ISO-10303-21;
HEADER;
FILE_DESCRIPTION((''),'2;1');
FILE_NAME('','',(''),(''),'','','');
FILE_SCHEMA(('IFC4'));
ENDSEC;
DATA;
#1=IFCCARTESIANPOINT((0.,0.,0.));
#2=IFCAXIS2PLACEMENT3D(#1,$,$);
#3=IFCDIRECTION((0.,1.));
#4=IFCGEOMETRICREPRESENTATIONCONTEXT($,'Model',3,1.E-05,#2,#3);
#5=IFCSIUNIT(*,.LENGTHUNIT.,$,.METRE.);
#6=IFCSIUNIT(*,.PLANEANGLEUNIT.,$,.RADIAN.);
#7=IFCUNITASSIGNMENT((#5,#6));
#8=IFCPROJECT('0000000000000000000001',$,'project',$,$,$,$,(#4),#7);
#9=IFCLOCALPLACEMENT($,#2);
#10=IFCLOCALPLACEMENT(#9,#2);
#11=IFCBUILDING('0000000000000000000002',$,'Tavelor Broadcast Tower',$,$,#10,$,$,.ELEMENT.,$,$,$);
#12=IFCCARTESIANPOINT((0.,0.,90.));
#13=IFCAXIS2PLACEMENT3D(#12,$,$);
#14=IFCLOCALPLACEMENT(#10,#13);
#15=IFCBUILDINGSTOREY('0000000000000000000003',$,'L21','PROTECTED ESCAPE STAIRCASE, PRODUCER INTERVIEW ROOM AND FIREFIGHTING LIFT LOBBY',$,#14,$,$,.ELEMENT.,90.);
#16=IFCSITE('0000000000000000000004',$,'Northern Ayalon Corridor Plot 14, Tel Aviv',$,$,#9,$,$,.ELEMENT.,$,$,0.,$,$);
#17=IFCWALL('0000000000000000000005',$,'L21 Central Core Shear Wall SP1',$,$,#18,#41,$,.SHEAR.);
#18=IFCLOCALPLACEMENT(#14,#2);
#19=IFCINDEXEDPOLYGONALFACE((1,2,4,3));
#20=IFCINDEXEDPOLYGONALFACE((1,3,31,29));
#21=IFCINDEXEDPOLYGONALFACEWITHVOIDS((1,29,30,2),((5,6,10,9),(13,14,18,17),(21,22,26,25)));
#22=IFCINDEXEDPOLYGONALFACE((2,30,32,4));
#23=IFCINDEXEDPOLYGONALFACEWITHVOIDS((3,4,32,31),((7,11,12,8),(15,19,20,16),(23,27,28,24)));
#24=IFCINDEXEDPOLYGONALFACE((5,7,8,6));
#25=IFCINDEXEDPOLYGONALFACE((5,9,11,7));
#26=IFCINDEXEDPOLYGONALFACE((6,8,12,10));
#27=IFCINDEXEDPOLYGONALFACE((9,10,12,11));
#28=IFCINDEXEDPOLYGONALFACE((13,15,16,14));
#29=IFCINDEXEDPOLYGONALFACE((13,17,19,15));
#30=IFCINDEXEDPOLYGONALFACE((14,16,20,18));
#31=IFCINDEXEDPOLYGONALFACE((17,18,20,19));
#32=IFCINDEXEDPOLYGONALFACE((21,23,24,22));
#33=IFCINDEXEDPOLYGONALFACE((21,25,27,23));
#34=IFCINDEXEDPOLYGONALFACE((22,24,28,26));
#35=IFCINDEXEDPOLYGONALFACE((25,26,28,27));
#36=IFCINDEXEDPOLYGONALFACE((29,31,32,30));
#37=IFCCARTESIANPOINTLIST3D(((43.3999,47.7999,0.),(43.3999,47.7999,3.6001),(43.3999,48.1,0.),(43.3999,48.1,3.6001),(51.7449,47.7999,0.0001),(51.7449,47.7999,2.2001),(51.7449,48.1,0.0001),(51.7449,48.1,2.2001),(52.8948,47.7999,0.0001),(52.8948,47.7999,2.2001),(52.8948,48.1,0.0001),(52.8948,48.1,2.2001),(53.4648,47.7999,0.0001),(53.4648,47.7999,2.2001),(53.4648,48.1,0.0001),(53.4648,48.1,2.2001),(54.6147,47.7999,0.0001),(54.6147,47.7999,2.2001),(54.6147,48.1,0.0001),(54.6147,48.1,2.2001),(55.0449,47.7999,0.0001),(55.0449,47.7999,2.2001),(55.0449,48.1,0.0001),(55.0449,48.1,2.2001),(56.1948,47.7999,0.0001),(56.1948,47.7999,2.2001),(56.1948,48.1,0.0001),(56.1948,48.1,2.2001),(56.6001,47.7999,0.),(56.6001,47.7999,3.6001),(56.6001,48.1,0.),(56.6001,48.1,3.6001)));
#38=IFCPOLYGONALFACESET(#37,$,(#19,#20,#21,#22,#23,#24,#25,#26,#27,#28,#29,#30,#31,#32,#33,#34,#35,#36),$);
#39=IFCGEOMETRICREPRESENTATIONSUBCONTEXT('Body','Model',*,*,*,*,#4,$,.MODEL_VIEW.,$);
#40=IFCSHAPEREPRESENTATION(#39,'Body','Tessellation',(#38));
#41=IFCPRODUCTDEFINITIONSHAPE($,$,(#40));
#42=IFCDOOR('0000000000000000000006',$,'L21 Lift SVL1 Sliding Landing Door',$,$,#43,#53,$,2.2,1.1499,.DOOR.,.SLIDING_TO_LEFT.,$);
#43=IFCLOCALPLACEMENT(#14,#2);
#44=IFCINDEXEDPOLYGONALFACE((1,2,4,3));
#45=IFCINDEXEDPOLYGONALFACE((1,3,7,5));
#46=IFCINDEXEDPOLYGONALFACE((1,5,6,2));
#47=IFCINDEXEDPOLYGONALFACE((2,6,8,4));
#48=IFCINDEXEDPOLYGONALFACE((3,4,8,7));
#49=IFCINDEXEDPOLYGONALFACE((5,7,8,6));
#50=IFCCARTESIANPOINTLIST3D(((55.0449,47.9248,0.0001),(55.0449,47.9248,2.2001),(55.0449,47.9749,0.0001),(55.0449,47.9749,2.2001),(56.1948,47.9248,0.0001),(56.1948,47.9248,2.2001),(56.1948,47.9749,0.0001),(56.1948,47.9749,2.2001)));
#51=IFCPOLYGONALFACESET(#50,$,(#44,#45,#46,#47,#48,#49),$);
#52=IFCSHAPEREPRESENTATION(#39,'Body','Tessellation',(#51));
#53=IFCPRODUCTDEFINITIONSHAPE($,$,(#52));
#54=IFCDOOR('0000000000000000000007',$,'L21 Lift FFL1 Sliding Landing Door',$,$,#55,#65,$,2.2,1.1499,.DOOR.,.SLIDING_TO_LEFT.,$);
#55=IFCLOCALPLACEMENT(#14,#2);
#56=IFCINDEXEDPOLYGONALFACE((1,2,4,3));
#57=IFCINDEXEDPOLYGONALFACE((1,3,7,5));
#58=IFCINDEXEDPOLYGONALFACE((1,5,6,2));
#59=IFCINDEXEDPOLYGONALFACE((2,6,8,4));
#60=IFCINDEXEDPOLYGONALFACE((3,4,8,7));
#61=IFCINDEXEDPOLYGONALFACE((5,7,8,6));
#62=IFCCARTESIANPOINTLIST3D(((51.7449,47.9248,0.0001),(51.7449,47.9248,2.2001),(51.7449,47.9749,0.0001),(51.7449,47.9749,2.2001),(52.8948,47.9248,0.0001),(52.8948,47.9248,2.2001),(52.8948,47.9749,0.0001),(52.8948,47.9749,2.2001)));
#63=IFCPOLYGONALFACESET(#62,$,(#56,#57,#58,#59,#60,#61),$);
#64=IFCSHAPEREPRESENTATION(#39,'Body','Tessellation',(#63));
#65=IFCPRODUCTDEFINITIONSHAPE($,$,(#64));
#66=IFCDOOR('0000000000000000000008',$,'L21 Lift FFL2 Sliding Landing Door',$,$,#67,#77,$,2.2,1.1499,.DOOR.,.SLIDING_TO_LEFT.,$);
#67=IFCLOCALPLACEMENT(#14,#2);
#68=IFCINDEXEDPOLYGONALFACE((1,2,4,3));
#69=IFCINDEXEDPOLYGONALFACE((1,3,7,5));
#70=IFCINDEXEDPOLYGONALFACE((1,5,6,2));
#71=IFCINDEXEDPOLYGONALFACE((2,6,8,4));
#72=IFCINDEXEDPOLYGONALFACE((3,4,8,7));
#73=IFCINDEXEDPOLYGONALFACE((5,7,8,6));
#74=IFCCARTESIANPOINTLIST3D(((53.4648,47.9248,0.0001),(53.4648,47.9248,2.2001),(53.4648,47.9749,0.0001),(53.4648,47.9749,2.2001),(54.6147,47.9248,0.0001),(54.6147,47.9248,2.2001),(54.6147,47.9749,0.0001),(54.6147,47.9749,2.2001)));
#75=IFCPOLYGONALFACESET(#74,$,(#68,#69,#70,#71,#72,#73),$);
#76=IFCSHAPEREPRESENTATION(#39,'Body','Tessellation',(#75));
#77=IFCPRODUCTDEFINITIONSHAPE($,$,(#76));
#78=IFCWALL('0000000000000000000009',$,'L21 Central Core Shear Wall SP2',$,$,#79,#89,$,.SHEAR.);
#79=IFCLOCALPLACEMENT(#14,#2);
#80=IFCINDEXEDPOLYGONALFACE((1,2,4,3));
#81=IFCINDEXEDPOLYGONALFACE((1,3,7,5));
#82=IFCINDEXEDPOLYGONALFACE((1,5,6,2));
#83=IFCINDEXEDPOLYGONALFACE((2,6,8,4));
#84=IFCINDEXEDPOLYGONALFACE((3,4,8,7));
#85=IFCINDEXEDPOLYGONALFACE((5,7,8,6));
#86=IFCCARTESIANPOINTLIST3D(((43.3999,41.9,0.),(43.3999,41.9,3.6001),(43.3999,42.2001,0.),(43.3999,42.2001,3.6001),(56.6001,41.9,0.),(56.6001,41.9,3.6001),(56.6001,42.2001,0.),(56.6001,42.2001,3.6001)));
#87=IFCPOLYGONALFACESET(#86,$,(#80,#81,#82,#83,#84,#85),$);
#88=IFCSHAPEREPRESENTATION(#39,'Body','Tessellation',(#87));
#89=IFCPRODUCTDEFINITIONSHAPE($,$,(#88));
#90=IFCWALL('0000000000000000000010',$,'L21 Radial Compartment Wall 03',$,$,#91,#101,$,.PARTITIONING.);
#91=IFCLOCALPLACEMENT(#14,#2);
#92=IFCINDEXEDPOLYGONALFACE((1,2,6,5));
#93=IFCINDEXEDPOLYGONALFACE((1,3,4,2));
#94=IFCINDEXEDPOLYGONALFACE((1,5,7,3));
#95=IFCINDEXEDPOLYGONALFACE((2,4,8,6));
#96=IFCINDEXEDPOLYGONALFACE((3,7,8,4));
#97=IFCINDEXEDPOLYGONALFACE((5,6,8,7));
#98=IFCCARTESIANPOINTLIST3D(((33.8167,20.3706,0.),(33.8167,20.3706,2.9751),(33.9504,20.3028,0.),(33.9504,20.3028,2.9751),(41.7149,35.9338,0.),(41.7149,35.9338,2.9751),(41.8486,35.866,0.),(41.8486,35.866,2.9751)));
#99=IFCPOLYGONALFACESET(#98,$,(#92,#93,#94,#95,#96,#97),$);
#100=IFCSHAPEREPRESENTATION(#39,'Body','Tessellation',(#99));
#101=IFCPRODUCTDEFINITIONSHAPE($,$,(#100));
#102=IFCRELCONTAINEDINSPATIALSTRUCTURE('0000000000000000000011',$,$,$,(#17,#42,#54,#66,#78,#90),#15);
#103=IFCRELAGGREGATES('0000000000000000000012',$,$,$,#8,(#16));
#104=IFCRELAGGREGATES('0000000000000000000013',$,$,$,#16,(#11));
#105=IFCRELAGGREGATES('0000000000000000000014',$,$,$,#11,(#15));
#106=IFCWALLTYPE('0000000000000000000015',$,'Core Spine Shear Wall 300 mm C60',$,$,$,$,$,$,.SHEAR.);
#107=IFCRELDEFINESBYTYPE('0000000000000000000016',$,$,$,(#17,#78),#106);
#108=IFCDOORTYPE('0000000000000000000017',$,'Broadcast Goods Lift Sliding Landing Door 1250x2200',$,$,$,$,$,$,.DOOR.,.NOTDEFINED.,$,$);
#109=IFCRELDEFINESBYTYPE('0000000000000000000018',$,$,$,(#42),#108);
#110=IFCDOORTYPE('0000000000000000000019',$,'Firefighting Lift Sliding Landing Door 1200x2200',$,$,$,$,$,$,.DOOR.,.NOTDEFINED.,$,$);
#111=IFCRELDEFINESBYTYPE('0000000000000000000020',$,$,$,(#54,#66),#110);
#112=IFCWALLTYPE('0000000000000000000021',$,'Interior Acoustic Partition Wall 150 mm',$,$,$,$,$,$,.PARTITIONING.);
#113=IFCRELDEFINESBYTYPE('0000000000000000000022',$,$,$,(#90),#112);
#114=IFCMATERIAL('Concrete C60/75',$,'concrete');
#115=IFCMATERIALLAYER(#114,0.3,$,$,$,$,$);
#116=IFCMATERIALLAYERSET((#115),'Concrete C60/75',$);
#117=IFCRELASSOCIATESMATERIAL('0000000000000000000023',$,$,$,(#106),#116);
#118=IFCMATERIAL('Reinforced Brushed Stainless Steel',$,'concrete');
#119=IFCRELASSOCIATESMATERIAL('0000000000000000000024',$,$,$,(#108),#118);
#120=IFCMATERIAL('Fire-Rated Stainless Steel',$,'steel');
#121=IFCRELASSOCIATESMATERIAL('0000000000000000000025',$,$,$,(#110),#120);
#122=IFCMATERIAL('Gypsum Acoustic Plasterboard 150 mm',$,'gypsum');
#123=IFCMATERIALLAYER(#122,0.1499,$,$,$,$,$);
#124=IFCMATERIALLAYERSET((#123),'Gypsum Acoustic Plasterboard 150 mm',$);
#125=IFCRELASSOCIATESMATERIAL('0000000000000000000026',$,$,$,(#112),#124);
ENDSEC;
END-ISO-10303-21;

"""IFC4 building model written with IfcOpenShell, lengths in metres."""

from ifc_helpers import new_model, si_unit, direction, frame, frame_2d, origin, place, context, subcontext, project, spatial, rectangle, extrude, material, layer, layer_set, type_object, element, fill, save


model = new_model("IFC4")

# Units and contexts
model_context = context("Model", 3, precision=1e-05, world=origin(), true_north=direction((0.0, 1.0)))
body_context = subcontext(model_context, "Body", "Model", "MODEL_VIEW")
ifc_project = project(units=[si_unit("LENGTHUNIT", "METRE"), si_unit("PLANEANGLEUNIT", "RADIAN")], contexts=[model_context])

# Site, building, storey
site_placement = place(None, origin())
site = spatial("IfcSite", under=ifc_project, at=site_placement, Name="Northern Ayalon Corridor Plot 14, Tel Aviv", CompositionType="ELEMENT", RefElevation=0.0)
building_placement = place(site_placement, origin())
building = spatial("IfcBuilding", under=site, at=building_placement, Name="Tavelor Broadcast Tower", CompositionType="ELEMENT")
storey_placement = place(building_placement, frame((0.0, 0.0, 90.0)))
storey = spatial("IfcBuildingStorey", under=building, at=storey_placement, Name="L21", Description="PROTECTED ESCAPE STAIRCASE, PRODUCER INTERVIEW ROOM AND FIREFIGHTING LIFT LOBBY", CompositionType="ELEMENT", Elevation=90.0)

# Shared definitions
ifc_material_1 = material(Name="Concrete C60/75", Category="concrete")

# Wall, openings, doors
ifc_layer_1 = layer(ifc_material_1, 0.3)
ifc_layer_set_1 = layer_set([ifc_layer_1], Name="Concrete C60/75")
wall_type_1 = type_object("IfcWallType", Name="Core Spine Shear Wall 300 mm C60", PredefinedType="SHEAR", material=ifc_layer_set_1)
wall_1_placement = place(storey_placement, frame((43.3999, 47.95, 0.0), z_axis=(0.0, 0.0, 1.0), x_axis=(1.0, 0.0, 0.0)))
wall_1 = element("IfcWall", 1, at=wall_1_placement, inside=storey, type_object=wall_type_1, Name="L21 Central Core Shear Wall SP1", PredefinedType="SHEAR", context=body_context, shape_type="SweptSolid", body=[
    extrude(rectangle(XDim=13.2002, YDim=0.3, at=frame_2d((6.6001, 0.0))), origin(), (0.0, 0.0, 1.0), 3.6001),
])
opening_1_placement = place(wall_1_placement, frame((8.345, 0.0, 0.0)))
opening_1 = element("IfcOpeningElement", 2, at=opening_1_placement, cuts=wall_1, PredefinedType="OPENING", context=body_context, shape_type="SweptSolid", body=[
    extrude(rectangle(XDim=1.1499, YDim=2.2, at=frame_2d((0.575, 1.1001))), frame((0.0, 0.1602, 0.0), z_axis=(0.0, -1.0, 0.0), x_axis=(1.0, 0.0, 0.0)), (0.0, 0.0, 1.0), 0.3201),
])
opening_2_placement = place(wall_1_placement, frame((10.0649, 0.0, 0.0)))
opening_2 = element("IfcOpeningElement", 3, at=opening_2_placement, cuts=wall_1, PredefinedType="OPENING", context=body_context, shape_type="SweptSolid", body=[
    extrude(rectangle(XDim=1.1499, YDim=2.2, at=frame_2d((0.575, 1.1001))), frame((0.0, 0.1602, 0.0), z_axis=(0.0, -1.0, 0.0), x_axis=(1.0, 0.0, 0.0)), (0.0, 0.0, 1.0), 0.3201),
])
opening_3_placement = place(wall_1_placement, frame((11.645, 0.0, 0.0)))
opening_3 = element("IfcOpeningElement", 4, at=opening_3_placement, cuts=wall_1, PredefinedType="OPENING", context=body_context, shape_type="SweptSolid", body=[
    extrude(rectangle(XDim=1.1499, YDim=2.2, at=frame_2d((0.575, 1.1001))), frame((0.0, 0.1602, 0.0), z_axis=(0.0, -1.0, 0.0), x_axis=(1.0, 0.0, 0.0)), (0.0, 0.0, 1.0), 0.3201),
])
ifc_material_2 = material(Name="Reinforced Brushed Stainless Steel", Category="concrete")
door_type_1 = type_object("IfcDoorType", Name="Broadcast Goods Lift Sliding Landing Door 1250x2200", OperationType="NOTDEFINED", PredefinedType="DOOR", material=ifc_material_2)
door_1_placement = place(opening_3_placement, origin())
door_1 = element("IfcDoor", 5, at=door_1_placement, inside=storey, type_object=door_type_1, Name="L21 Lift SVL1 Sliding Landing Door", OperationType="SLIDING_TO_LEFT", OverallHeight=2.2, OverallWidth=1.1499, PredefinedType="DOOR", context=body_context, shape_type="SweptSolid", body=[
    extrude(rectangle(XDim=1.1499, YDim=2.2, at=frame_2d((0.575, 1.1001))), frame((0.0, 0.0249, 0.0), z_axis=(0.0, -1.0, 0.0), x_axis=(1.0, 0.0, 0.0)), (0.0, 0.0, 1.0), 0.05),
])
fill(opening_3, door_1)
ifc_material_3 = material(Name="Fire-Rated Stainless Steel", Category="steel")
door_type_2 = type_object("IfcDoorType", Name="Firefighting Lift Sliding Landing Door 1200x2200", OperationType="NOTDEFINED", PredefinedType="DOOR", material=ifc_material_3)
door_2_placement = place(opening_1_placement, origin())
door_2 = element("IfcDoor", 6, at=door_2_placement, inside=storey, type_object=door_type_2, Name="L21 Lift FFL1 Sliding Landing Door", OperationType="SLIDING_TO_LEFT", OverallHeight=2.2, OverallWidth=1.1499, PredefinedType="DOOR", context=body_context, shape_type="SweptSolid", body=[
    extrude(rectangle(XDim=1.1499, YDim=2.2, at=frame_2d((0.575, 1.1001))), frame((0.0, 0.0249, 0.0), z_axis=(0.0, -1.0, 0.0), x_axis=(1.0, 0.0, 0.0)), (0.0, 0.0, 1.0), 0.05),
])
fill(opening_1, door_2)
door_3_placement = place(opening_2_placement, origin())
door_3 = element("IfcDoor", 7, at=door_3_placement, inside=storey, type_object=door_type_2, Name="L21 Lift FFL2 Sliding Landing Door", OperationType="SLIDING_TO_LEFT", OverallHeight=2.2, OverallWidth=1.1499, PredefinedType="DOOR", context=body_context, shape_type="SweptSolid", body=[
    extrude(rectangle(XDim=1.1499, YDim=2.2, at=frame_2d((0.575, 1.1001))), frame((0.0, 0.0249, 0.0), z_axis=(0.0, -1.0, 0.0), x_axis=(1.0, 0.0, 0.0)), (0.0, 0.0, 1.0), 0.05),
])
fill(opening_2, door_3)

# Walls
wall_2_placement = place(storey_placement, frame((43.3999, 42.05, 0.0), z_axis=(0.0, 0.0, 1.0), x_axis=(1.0, 0.0, 0.0)))
element("IfcWall", 8, at=wall_2_placement, inside=storey, type_object=wall_type_1, Name="L21 Central Core Shear Wall SP2", PredefinedType="SHEAR", context=body_context, shape_type="SweptSolid", body=[
    extrude(rectangle(XDim=13.2002, YDim=0.3, at=frame_2d((6.6001, 0.0))), origin(), (0.0, 0.0, 1.0), 3.6001),
])
ifc_material_4 = material(Name="Gypsum Acoustic Plasterboard 150 mm", Category="gypsum")
ifc_layer_2 = layer(ifc_material_4, 0.1499)
ifc_layer_set_2 = layer_set([ifc_layer_2], Name="Gypsum Acoustic Plasterboard 150 mm")
wall_type_2 = type_object("IfcWallType", Name="Interior Acoustic Partition Wall 150 mm", PredefinedType="PARTITIONING", material=ifc_layer_set_2)
wall_3_placement = place(storey_placement, frame((41.7817, 35.8999, 0.0), z_axis=(0.0, 0.0, 1.0), x_axis=(-0.452549, -0.891739, 0.0)))
element("IfcWall", 9, at=wall_3_placement, inside=storey, type_object=wall_type_2, Name="L21 Radial Compartment Wall 03", PredefinedType="PARTITIONING", context=body_context, shape_type="SweptSolid", body=[
    extrude(rectangle(XDim=17.4526, YDim=0.1499, at=frame_2d((8.7263, 0.0))), origin(), (0.0, 0.0, 1.0), 2.9751),
])

save(model, "model.ifc")
